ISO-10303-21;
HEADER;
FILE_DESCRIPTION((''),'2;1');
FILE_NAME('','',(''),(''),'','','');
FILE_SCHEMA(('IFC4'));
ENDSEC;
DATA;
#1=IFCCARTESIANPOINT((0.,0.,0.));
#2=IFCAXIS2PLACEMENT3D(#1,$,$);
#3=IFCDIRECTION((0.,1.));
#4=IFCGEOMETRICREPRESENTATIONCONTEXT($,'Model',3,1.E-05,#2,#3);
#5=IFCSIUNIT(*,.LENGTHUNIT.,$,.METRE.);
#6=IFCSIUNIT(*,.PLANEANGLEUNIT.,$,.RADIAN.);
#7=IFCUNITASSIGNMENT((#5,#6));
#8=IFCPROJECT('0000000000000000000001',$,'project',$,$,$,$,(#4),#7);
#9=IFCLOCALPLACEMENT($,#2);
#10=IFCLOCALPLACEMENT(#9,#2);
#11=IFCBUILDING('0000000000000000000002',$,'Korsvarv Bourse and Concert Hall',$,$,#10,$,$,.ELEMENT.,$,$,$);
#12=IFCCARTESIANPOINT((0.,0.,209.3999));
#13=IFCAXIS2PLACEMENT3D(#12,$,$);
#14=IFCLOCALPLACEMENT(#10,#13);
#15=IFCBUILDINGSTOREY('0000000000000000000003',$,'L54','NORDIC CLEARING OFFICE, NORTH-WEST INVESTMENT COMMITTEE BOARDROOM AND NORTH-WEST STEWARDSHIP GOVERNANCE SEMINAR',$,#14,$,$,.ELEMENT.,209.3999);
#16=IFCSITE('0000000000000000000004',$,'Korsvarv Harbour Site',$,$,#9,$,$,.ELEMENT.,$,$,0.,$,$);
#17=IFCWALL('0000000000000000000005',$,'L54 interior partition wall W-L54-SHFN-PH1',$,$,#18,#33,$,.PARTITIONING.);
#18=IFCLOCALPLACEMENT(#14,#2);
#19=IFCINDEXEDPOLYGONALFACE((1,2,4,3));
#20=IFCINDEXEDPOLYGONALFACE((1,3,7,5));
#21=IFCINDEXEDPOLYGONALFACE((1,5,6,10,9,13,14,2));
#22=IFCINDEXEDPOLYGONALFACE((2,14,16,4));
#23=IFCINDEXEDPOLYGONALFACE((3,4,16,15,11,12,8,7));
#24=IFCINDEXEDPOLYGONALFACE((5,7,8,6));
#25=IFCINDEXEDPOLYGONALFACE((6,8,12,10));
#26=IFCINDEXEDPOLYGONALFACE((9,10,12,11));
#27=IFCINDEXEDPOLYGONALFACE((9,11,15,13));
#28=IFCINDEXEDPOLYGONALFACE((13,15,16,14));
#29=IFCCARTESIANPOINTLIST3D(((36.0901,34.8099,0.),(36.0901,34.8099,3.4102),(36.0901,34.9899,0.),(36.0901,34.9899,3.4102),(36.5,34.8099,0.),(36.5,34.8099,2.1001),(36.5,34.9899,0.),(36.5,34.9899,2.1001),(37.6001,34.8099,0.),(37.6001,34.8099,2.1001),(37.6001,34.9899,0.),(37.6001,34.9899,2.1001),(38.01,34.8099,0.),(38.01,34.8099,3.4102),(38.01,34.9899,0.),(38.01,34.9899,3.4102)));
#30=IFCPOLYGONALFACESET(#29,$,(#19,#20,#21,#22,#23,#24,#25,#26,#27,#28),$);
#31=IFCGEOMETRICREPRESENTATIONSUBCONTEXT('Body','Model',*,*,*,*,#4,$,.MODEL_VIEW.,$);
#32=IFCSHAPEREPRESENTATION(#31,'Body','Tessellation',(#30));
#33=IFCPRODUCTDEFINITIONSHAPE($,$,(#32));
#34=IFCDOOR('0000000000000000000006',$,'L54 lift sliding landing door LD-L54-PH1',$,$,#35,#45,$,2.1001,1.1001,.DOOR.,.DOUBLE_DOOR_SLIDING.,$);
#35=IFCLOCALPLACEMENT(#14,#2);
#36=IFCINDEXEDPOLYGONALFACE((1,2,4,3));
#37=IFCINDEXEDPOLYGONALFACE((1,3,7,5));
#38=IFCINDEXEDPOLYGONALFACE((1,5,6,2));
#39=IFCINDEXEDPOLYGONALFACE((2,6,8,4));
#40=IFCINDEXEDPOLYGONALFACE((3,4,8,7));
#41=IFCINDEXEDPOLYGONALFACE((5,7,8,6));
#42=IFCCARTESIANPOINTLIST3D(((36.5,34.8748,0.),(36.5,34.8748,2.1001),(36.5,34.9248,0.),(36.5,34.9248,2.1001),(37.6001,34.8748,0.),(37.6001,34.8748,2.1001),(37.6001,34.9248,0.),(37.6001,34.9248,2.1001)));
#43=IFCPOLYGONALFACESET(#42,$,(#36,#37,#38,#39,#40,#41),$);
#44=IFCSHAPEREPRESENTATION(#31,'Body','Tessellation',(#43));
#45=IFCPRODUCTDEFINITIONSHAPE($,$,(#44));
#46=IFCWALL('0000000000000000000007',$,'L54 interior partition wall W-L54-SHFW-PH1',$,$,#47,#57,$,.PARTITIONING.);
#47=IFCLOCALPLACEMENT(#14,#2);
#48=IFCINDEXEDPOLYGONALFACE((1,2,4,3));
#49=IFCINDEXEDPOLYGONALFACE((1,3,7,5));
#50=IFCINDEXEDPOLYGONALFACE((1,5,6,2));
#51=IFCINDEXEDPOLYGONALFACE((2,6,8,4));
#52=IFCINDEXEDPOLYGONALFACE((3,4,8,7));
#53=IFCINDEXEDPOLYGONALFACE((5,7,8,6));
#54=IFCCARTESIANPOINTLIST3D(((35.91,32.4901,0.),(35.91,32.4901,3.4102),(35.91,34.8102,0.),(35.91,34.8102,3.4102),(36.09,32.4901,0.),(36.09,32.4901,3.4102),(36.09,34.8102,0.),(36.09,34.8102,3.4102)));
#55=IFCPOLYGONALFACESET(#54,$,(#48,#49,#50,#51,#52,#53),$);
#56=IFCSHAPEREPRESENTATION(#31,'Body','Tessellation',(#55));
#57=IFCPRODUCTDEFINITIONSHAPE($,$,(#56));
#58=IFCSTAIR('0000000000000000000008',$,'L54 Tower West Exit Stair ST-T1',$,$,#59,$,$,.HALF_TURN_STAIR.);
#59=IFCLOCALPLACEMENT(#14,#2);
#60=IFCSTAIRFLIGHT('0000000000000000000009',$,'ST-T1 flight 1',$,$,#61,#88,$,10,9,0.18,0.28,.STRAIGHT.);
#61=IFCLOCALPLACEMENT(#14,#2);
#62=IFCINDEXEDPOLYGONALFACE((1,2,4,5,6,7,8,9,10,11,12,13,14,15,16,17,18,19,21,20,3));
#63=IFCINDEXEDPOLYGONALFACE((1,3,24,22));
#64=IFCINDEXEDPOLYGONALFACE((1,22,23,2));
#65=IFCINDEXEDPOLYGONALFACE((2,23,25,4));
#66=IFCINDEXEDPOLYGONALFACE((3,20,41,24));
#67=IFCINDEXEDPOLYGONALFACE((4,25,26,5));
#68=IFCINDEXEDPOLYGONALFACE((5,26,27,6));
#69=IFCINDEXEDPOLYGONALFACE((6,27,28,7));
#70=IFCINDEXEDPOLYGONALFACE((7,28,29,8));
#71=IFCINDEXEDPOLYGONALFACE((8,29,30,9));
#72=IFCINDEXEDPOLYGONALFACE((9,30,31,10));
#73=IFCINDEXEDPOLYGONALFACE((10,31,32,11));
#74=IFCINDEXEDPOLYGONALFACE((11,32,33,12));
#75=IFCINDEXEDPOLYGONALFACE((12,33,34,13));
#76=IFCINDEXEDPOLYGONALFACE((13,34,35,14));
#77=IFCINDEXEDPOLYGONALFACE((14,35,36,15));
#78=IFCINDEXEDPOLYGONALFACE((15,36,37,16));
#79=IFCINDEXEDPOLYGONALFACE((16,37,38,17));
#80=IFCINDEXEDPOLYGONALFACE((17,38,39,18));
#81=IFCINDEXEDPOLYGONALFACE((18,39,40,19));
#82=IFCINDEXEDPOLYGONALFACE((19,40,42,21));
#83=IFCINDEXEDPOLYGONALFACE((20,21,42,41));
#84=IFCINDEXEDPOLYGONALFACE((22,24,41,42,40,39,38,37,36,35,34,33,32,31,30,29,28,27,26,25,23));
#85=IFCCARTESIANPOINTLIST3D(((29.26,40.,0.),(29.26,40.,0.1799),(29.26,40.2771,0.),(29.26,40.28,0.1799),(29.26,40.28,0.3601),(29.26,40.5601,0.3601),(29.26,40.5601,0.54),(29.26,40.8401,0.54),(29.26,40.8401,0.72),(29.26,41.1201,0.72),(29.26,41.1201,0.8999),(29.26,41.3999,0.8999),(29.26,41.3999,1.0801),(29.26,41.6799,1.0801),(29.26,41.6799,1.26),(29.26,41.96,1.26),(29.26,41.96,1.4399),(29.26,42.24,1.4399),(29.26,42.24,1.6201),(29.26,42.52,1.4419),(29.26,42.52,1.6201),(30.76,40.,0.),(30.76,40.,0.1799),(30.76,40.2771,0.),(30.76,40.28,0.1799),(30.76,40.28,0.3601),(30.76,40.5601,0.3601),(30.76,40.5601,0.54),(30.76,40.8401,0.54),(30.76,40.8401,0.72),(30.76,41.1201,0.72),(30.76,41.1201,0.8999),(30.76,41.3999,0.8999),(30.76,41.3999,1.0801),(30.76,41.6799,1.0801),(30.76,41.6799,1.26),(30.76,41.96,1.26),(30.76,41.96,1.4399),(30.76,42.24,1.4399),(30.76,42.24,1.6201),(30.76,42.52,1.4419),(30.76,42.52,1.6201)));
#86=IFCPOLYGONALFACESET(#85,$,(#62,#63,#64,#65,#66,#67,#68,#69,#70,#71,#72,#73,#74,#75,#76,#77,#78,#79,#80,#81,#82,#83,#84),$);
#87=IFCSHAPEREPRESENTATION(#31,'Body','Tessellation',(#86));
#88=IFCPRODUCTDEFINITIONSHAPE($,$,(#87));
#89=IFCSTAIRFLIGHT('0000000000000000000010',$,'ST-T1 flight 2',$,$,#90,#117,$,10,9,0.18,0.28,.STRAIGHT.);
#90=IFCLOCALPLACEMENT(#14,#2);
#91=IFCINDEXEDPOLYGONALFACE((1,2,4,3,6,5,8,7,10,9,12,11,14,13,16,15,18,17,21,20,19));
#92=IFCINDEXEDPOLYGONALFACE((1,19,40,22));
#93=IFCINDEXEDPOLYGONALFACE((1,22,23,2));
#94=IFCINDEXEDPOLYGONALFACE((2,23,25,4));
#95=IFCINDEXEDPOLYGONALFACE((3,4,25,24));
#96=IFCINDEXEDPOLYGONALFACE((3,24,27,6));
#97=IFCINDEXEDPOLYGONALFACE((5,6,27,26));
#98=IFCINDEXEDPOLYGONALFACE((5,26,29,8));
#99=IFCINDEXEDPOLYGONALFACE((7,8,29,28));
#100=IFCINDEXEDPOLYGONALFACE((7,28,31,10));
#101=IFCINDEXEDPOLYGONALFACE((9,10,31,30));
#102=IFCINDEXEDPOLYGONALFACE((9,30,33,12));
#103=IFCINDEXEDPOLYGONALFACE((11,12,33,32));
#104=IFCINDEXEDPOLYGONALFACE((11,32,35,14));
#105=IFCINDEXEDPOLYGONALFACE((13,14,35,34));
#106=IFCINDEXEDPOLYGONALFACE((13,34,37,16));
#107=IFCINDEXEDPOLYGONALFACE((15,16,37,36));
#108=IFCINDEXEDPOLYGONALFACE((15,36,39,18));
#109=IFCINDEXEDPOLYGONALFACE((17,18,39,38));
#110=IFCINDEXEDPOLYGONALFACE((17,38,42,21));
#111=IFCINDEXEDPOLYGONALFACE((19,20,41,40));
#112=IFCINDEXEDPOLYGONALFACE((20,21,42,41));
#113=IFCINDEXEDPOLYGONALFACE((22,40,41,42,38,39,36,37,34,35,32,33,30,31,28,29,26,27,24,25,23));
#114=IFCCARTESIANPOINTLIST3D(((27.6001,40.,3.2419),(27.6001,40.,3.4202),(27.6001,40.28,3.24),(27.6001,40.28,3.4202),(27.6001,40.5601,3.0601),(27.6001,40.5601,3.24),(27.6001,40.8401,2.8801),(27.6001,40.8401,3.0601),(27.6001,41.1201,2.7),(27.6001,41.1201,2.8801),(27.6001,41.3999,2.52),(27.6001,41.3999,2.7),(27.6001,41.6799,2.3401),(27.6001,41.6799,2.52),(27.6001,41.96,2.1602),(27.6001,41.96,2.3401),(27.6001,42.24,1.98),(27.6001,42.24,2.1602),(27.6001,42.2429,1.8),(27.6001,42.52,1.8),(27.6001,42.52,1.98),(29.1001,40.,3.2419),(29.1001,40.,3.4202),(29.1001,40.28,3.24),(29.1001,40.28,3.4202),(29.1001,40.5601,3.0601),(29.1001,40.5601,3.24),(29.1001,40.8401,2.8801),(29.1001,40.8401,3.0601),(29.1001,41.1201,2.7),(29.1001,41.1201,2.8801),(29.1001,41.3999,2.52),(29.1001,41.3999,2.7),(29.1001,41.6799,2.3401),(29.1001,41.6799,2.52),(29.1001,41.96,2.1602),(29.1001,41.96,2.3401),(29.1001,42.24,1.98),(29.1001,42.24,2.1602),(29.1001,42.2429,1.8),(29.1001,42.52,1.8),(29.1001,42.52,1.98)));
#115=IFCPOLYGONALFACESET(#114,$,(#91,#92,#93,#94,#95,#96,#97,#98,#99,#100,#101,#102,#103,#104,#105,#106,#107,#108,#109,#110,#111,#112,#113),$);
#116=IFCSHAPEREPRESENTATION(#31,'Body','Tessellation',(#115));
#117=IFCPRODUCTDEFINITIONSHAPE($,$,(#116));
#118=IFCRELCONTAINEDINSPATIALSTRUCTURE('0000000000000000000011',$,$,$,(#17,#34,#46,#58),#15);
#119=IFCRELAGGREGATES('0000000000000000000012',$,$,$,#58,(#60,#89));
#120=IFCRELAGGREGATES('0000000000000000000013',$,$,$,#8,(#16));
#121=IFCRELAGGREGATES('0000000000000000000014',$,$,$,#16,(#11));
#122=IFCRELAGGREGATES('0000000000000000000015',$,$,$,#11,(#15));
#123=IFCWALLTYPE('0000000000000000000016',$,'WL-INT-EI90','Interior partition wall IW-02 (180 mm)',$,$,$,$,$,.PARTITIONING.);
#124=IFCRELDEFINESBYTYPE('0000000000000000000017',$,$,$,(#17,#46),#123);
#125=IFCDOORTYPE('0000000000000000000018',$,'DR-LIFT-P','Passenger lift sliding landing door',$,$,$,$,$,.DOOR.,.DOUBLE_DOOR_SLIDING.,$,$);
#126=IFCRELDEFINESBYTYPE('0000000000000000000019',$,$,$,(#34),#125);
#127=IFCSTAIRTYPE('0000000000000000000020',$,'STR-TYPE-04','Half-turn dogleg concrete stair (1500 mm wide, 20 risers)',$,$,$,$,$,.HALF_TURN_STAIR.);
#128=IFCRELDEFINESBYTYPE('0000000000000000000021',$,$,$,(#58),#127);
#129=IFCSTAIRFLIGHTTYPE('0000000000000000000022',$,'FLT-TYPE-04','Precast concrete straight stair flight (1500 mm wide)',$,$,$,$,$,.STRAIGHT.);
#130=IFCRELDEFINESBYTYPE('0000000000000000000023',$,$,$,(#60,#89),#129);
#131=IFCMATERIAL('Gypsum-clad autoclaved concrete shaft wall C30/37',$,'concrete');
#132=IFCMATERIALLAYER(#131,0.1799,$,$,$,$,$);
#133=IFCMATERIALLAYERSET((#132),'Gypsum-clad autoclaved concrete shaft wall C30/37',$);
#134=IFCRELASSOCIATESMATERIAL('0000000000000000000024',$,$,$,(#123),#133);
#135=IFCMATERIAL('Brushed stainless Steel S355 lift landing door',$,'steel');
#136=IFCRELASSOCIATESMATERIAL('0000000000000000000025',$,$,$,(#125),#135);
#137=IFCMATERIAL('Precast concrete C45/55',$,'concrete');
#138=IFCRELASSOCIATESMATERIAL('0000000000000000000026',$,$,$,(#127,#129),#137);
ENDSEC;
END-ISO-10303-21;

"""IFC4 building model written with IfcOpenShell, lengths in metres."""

from ifc_helpers import new_model, si_unit, direction, frame, frame_2d, origin, place, context, subcontext, project, spatial, polyline, rectangle, outline, extrude, material, layer, layer_set, type_object, element, fill, aggregate, save


model = new_model("IFC4")

# Units and contexts
model_context = context("Model", 3, precision=1e-05, world=origin(), true_north=direction((0.0, 1.0)))
body_context = subcontext(model_context, "Body", "Model", "MODEL_VIEW")
ifc_project = project(units=[si_unit("LENGTHUNIT", "METRE"), si_unit("PLANEANGLEUNIT", "RADIAN")], contexts=[model_context])

# Site, building, storey
site_placement = place(None, origin())
site = spatial("IfcSite", under=ifc_project, at=site_placement, Name="Korsvarv Harbour Site", CompositionType="ELEMENT", RefElevation=0.0)
building_placement = place(site_placement, origin())
building = spatial("IfcBuilding", under=site, at=building_placement, Name="Korsvarv Bourse and Concert Hall", CompositionType="ELEMENT")
storey_placement = place(building_placement, frame((0.0, 0.0, 209.3999)))
storey = spatial("IfcBuildingStorey", under=building, at=storey_placement, Name="L54", Description="NORDIC CLEARING OFFICE, NORTH-WEST INVESTMENT COMMITTEE BOARDROOM AND NORTH-WEST STEWARDSHIP GOVERNANCE SEMINAR", CompositionType="ELEMENT", Elevation=209.3999)

# Wall, opening, door
ifc_material_1 = material(Name="Gypsum-clad autoclaved concrete shaft wall C30/37", Category="concrete")
ifc_layer_1 = layer(ifc_material_1, 0.1799)
ifc_layer_set_1 = layer_set([ifc_layer_1], Name="Gypsum-clad autoclaved concrete shaft wall C30/37")
wall_type_1 = type_object("IfcWallType", Name="WL-INT-EI90", Description="Interior partition wall IW-02 (180 mm)", PredefinedType="PARTITIONING", material=ifc_layer_set_1)
wall_1_placement = place(storey_placement, frame((36.0901, 34.8999, 0.0), z_axis=(0.0, 0.0, 1.0), x_axis=(1.0, 0.0, 0.0)))
wall_1 = element("IfcWall", 1, at=wall_1_placement, inside=storey, type_object=wall_type_1, Name="L54 interior partition wall W-L54-SHFN-PH1", PredefinedType="PARTITIONING", context=body_context, shape_type="SweptSolid", body=[
    extrude(rectangle(XDim=1.9199, YDim=0.1799, at=frame_2d((0.96, 0.0))), origin(), (0.0, 0.0, 1.0), 3.4102),
])
opening_1_placement = place(wall_1_placement, frame((0.4099, 0.0, 0.0)))
opening_1 = element("IfcOpeningElement", 2, at=opening_1_placement, cuts=wall_1, PredefinedType="OPENING", context=body_context, shape_type="SweptSolid", body=[
    extrude(rectangle(XDim=1.1001, YDim=2.1001, at=frame_2d((0.55, 1.05))), frame((0.0, 0.1001, 0.0), z_axis=(0.0, -1.0, 0.0), x_axis=(1.0, 0.0, 0.0)), (0.0, 0.0, 1.0), 0.2),
])
ifc_material_2 = material(Name="Brushed stainless Steel S355 lift landing door", Category="steel")
door_type_1 = type_object("IfcDoorType", Name="DR-LIFT-P", Description="Passenger lift sliding landing door", OperationType="DOUBLE_DOOR_SLIDING", PredefinedType="DOOR", material=ifc_material_2)
door_1_placement = place(opening_1_placement, origin())
door_1 = element("IfcDoor", 3, at=door_1_placement, inside=storey, type_object=door_type_1, Name="L54 lift sliding landing door LD-L54-PH1", OperationType="DOUBLE_DOOR_SLIDING", OverallHeight=2.1001, OverallWidth=1.1001, PredefinedType="DOOR", context=body_context, shape_type="SweptSolid", body=[
    extrude(rectangle(XDim=1.1001, YDim=2.1001, at=frame_2d((0.55, 1.05))), frame((0.0, 0.0249, 0.0), z_axis=(0.0, -1.0, 0.0), x_axis=(1.0, 0.0, 0.0)), (0.0, 0.0, 1.0), 0.05),
])
fill(opening_1, door_1)

# Wall
wall_2_placement = place(storey_placement, frame((36.0, 32.49, 0.0), z_axis=(0.0, 0.0, 1.0), x_axis=(0.0, 1.0, 0.0)))
element("IfcWall", 4, at=wall_2_placement, inside=storey, type_object=wall_type_1, Name="L54 interior partition wall W-L54-SHFW-PH1", PredefinedType="PARTITIONING", context=body_context, shape_type="SweptSolid", body=[
    extrude(rectangle(XDim=2.3201, YDim=0.1799, at=frame_2d((1.1602, 0.0))), origin(), (0.0, 0.0, 1.0), 3.4102),
])

# Stair, stair flights
ifc_material_3 = material(Name="Precast concrete C45/55", Category="concrete")
stair_type = type_object("IfcStairType", Name="STR-TYPE-04", Description="Half-turn dogleg concrete stair (1500 mm wide, 20 risers)", PredefinedType="HALF_TURN_STAIR", material=ifc_material_3)
stair_placement = place(storey_placement, origin())
stair = element("IfcStair", 5, at=stair_placement, inside=storey, type_object=stair_type, Name="L54 Tower West Exit Stair ST-T1", PredefinedType="HALF_TURN_STAIR")
stair_flight_type = type_object("IfcStairFlightType", Name="FLT-TYPE-04", Description="Precast concrete straight stair flight (1500 mm wide)", PredefinedType="STRAIGHT", material=ifc_material_3)
stair_flight_1_placement = place(storey_placement, frame((30.01, 40.0, 0.0), z_axis=(0.0, 0.0, 1.0), x_axis=(0.0, 1.0, 0.0)))
stair_flight_1 = element("IfcStairFlight", 6, at=stair_flight_1_placement, type_object=stair_flight_type, Name="ST-T1 flight 1", NumberOfRisers=10, NumberOfTreads=9, PredefinedType="STRAIGHT", RiserHeight=0.18, TreadLength=0.28, context=body_context, shape_type="SweptSolid", body=[
    extrude(outline(polyline([(0.0, 0.0), (0.0, 0.1799), (0.28, 0.1799), (0.28, 0.3601), (0.5601, 0.3601), (0.5601, 0.54), (0.8401, 0.54), (0.8401, 0.72), (1.1201, 0.72), (1.1201, 0.8999), (1.3999, 0.8999), (1.3999, 1.0801), (1.6799, 1.0801), (1.6799, 1.26), (1.96, 1.26), (1.96, 1.4399), (2.24, 1.4399), (2.24, 1.6201), (2.52, 1.6201), (2.52, 1.8), (2.52, 1.4419), (0.2771, 0.0), (0.0, 0.0)])), frame((0.0, 0.75, 0.0), z_axis=(0.0, -1.0, 0.0), x_axis=(1.0, 0.0, 0.0)), (0.0, 0.0, 1.0), 1.5),
])
stair_flight_2_placement = place(storey_placement, frame((28.3501, 42.52, 1.8), z_axis=(0.0, 0.0, 1.0), x_axis=(0.0, -1.0, 0.0)))
stair_flight_2 = element("IfcStairFlight", 7, at=stair_flight_2_placement, type_object=stair_flight_type, Name="ST-T1 flight 2", NumberOfRisers=10, NumberOfTreads=9, PredefinedType="STRAIGHT", RiserHeight=0.18, TreadLength=0.28, context=body_context, shape_type="SweptSolid", body=[
    extrude(outline(polyline([(0.0, 0.0), (0.0, 0.1799), (0.28, 0.1799), (0.28, 0.3601), (0.5601, 0.3601), (0.5601, 0.54), (0.8401, 0.54), (0.8401, 0.72), (1.1201, 0.72), (1.1201, 0.8999), (1.3999, 0.8999), (1.3999, 1.0801), (1.6799, 1.0801), (1.6799, 1.26), (1.96, 1.26), (1.96, 1.4399), (2.24, 1.4399), (2.24, 1.6201), (2.52, 1.6201), (2.52, 1.8), (2.52, 1.4419), (0.2771, 0.0), (0.0, 0.0)])), frame((0.0, 0.75, 0.0), z_axis=(0.0, -1.0, 0.0), x_axis=(1.0, 0.0, 0.0)), (0.0, 0.0, 1.0), 1.5),
])
aggregate(stair, [stair_flight_1, stair_flight_2])

save(model, "model.ifc")
